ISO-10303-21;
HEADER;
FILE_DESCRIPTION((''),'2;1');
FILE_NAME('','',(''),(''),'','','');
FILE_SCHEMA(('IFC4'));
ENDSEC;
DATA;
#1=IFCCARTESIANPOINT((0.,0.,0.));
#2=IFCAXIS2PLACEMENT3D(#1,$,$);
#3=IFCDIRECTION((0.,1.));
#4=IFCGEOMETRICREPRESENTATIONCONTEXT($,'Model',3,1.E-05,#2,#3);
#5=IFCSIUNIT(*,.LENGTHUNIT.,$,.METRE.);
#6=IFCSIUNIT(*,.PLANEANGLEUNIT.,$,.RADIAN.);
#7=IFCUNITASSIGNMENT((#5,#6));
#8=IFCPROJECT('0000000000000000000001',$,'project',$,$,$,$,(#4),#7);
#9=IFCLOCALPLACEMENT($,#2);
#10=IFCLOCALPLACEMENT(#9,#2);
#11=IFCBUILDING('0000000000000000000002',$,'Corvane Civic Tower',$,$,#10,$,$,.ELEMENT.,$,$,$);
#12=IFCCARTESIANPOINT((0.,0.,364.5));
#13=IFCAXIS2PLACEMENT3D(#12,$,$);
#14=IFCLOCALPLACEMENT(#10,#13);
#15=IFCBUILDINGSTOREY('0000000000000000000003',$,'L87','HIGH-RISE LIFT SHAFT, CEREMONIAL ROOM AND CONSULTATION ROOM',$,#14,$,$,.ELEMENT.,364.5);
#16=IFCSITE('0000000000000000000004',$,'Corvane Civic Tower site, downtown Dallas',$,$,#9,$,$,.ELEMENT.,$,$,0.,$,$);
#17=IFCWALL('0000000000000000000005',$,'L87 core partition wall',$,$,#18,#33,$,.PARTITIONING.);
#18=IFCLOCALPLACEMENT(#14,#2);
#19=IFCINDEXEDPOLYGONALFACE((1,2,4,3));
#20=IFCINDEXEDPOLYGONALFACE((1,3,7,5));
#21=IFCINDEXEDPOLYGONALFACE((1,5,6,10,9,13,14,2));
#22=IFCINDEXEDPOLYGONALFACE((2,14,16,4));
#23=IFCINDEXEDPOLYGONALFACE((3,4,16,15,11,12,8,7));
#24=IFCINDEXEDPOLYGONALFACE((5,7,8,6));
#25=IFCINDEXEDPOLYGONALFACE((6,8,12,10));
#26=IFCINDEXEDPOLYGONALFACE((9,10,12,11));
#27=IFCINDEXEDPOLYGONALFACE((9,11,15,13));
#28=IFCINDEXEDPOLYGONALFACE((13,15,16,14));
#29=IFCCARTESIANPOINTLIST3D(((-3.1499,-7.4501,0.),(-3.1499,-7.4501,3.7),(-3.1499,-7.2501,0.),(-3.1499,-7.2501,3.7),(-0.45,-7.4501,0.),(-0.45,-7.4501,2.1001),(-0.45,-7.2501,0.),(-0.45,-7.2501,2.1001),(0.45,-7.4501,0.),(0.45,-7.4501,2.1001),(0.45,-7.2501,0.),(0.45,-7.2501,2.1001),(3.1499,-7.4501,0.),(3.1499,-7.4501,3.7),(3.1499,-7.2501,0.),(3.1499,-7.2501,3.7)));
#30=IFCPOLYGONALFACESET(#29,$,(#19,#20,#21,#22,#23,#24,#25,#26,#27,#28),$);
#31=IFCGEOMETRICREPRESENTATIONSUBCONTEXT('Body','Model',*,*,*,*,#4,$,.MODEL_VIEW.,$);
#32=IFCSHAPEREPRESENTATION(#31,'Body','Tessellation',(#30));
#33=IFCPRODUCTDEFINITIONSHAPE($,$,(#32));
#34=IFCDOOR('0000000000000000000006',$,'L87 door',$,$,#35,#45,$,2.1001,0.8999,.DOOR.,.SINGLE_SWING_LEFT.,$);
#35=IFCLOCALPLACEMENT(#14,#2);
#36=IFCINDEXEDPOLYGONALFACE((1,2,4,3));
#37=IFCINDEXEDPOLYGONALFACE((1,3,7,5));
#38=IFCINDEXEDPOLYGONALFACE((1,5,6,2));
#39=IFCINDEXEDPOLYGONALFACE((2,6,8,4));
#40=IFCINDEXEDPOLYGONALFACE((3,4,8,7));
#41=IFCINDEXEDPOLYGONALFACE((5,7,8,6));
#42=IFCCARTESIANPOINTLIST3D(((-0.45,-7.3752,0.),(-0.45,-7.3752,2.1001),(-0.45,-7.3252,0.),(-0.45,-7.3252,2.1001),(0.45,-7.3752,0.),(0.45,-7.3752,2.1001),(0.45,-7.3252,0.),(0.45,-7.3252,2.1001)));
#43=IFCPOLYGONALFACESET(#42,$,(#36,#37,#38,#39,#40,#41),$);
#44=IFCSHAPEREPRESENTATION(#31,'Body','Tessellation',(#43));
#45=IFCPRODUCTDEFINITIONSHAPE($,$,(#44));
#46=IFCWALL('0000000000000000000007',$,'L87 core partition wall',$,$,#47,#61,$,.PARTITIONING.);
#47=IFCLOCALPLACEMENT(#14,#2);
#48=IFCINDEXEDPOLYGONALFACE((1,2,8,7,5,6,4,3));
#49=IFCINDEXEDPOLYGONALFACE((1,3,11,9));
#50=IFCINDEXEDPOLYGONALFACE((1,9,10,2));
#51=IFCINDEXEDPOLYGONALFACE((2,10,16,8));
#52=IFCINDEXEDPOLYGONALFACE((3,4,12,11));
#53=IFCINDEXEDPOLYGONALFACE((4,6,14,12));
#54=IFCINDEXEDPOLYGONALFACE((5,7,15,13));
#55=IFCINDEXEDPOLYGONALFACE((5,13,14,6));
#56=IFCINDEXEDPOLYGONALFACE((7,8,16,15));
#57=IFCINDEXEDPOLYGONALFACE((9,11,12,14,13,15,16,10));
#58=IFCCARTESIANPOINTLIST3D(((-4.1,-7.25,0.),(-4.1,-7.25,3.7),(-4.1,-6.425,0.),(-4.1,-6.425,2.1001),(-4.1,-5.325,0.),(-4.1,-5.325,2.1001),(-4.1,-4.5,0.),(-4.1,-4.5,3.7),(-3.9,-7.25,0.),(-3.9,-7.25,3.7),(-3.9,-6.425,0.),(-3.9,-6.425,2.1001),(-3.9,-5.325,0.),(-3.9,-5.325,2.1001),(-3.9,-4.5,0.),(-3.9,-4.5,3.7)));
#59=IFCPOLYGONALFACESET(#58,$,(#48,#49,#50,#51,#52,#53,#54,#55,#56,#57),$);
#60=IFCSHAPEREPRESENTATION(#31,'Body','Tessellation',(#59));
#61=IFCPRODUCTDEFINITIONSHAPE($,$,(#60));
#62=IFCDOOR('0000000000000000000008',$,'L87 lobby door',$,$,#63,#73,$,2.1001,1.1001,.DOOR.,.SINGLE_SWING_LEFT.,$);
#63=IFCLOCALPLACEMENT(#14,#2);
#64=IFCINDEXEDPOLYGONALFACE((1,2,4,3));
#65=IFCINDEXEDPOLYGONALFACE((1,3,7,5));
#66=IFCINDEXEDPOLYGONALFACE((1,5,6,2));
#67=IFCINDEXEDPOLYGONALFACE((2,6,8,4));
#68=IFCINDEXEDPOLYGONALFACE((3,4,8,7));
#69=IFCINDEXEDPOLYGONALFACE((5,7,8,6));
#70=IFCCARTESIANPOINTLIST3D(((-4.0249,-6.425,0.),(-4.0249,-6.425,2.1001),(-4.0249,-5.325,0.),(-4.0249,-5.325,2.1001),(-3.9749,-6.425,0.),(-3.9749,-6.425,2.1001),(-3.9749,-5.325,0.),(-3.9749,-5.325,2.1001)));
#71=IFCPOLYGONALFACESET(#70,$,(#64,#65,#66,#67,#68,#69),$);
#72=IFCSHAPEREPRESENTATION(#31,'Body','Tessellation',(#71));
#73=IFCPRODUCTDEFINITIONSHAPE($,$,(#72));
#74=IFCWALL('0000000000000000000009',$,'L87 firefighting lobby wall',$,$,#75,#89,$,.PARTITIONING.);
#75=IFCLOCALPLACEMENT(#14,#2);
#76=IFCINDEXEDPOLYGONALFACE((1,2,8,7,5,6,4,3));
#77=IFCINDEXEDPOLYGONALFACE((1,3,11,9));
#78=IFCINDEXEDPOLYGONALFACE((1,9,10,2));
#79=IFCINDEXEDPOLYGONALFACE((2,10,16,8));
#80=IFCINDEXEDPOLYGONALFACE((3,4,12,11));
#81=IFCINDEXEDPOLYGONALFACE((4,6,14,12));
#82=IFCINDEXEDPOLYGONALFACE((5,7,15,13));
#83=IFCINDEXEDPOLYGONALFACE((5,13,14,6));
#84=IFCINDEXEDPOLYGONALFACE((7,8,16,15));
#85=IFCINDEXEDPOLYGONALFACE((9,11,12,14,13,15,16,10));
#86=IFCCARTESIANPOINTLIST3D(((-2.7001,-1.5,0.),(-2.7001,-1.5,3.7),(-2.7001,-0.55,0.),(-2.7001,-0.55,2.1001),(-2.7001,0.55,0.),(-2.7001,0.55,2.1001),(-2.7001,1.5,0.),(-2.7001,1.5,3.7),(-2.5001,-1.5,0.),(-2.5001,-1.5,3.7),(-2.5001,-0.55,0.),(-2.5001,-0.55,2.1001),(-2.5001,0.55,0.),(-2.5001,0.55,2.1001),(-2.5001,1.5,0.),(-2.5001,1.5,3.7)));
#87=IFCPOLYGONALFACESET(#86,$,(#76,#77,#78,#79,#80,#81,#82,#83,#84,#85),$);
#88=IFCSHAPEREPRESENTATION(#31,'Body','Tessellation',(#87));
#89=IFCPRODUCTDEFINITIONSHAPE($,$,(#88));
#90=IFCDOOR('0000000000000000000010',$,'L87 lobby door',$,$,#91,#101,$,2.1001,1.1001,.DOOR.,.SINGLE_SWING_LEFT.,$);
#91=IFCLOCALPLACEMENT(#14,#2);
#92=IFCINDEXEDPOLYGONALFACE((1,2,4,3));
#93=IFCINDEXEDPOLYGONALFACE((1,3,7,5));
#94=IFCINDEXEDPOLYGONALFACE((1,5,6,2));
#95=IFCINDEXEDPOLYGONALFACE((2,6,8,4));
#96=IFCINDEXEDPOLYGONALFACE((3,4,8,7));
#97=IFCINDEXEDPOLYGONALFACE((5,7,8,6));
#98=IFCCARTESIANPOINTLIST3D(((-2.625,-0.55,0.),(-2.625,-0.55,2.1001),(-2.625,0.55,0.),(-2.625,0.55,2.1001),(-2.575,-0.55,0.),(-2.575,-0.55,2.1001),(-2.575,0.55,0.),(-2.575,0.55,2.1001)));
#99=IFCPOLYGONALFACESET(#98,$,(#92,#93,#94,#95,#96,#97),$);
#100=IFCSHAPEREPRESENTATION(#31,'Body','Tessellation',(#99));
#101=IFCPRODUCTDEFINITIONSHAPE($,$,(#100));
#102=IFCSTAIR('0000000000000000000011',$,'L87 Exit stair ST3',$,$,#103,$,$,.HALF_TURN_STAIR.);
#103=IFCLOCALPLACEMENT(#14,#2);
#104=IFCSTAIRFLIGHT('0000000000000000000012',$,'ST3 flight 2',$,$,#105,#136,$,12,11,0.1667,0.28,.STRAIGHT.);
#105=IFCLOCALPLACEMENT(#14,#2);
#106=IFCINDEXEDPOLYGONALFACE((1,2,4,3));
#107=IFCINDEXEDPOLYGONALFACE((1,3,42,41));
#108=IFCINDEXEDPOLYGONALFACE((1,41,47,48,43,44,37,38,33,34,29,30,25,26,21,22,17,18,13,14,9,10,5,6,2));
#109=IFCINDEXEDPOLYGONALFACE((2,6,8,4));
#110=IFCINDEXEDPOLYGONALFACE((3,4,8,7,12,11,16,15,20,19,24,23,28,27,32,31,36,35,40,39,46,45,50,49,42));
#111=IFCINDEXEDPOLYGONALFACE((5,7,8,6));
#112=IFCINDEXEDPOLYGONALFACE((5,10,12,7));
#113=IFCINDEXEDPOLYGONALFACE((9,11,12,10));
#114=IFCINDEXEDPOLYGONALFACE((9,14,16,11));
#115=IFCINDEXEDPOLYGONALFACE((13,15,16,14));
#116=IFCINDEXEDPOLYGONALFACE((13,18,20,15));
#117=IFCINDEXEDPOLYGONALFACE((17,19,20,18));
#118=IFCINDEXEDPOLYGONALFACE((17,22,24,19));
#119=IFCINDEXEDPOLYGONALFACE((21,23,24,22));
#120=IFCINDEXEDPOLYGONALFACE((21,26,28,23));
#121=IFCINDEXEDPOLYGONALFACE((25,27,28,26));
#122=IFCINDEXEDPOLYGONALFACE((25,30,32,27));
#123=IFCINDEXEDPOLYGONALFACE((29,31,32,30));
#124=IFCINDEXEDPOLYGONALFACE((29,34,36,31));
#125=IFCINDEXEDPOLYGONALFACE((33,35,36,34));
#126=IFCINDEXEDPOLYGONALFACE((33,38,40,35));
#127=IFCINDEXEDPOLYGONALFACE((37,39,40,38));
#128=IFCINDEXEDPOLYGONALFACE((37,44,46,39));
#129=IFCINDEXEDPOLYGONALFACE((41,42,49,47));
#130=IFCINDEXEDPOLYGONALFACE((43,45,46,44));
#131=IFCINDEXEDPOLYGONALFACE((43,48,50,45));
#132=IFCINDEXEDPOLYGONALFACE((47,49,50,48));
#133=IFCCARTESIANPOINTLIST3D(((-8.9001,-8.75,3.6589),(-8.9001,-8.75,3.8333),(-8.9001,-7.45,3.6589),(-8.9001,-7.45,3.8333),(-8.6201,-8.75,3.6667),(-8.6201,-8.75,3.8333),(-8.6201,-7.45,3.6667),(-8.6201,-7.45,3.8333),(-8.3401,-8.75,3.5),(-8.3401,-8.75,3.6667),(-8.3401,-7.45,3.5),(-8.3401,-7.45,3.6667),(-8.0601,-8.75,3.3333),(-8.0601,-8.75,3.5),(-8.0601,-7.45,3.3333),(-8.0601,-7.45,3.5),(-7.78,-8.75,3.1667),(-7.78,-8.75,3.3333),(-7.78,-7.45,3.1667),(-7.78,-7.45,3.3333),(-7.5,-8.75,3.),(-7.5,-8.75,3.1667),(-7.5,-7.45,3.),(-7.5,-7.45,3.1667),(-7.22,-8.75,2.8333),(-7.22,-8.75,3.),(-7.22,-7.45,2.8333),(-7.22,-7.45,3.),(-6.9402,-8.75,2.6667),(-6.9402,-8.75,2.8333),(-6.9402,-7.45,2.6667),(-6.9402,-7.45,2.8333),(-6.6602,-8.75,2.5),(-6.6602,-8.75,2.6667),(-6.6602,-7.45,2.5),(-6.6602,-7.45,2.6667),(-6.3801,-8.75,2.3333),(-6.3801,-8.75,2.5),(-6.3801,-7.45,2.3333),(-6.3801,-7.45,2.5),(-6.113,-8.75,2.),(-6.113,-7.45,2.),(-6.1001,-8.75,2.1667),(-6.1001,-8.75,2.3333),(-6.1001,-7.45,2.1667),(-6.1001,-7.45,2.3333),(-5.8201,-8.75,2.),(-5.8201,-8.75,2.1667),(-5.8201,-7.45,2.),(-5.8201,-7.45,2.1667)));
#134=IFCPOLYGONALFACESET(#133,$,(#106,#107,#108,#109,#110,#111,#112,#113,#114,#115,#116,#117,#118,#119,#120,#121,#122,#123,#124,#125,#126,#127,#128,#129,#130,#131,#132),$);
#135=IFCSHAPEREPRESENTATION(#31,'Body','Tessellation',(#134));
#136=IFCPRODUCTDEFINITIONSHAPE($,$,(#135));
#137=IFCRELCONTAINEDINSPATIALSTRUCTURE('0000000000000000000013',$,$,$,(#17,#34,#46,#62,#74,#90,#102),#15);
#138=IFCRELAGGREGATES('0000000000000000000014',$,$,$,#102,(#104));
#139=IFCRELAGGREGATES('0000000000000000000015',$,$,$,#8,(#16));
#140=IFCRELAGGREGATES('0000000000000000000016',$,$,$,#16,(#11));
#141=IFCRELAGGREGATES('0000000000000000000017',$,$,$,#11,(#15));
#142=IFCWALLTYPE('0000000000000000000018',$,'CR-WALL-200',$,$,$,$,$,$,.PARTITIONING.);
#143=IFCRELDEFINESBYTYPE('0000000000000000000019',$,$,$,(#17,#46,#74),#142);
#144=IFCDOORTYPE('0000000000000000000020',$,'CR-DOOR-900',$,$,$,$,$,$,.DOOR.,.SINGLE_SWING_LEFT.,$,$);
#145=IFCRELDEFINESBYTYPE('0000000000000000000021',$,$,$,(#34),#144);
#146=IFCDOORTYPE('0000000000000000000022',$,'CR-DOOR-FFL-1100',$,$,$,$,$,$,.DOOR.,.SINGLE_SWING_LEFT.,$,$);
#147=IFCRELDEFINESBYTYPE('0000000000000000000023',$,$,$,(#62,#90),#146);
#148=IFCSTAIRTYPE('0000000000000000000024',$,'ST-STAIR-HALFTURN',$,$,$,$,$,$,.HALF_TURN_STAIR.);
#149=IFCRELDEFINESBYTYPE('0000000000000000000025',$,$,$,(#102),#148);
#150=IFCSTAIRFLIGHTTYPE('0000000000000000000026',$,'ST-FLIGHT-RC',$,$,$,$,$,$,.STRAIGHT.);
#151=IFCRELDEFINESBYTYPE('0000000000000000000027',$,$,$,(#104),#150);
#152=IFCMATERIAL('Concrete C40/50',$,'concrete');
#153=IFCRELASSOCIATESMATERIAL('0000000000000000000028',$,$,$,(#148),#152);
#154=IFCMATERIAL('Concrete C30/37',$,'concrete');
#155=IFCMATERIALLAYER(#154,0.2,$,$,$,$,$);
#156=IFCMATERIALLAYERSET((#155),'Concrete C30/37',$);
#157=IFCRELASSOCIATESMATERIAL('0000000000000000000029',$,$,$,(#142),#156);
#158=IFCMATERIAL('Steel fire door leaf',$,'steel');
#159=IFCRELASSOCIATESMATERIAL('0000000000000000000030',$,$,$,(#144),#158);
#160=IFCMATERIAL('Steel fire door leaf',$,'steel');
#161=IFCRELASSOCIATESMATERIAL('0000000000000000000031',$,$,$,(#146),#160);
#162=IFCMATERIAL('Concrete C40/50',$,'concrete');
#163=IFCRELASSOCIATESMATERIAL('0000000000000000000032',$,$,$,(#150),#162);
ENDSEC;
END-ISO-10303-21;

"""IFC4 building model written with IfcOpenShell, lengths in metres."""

from ifc_helpers import new_model, si_unit, direction, frame, frame_2d, origin, place, context, subcontext, project, spatial, polyline, rectangle, outline, extrude, material, layer, layer_set, type_object, element, fill, aggregate, save


model = new_model("IFC4")

# Units and contexts
model_context = context("Model", 3, precision=1e-05, world=origin(), true_north=direction((0.0, 1.0)))
body_context = subcontext(model_context, "Body", "Model", "MODEL_VIEW")
ifc_project = project(units=[si_unit("LENGTHUNIT", "METRE"), si_unit("PLANEANGLEUNIT", "RADIAN")], contexts=[model_context])

# Site, building, storey
site_placement = place(None, origin())
site = spatial("IfcSite", under=ifc_project, at=site_placement, Name="Corvane Civic Tower site, downtown Dallas", CompositionType="ELEMENT", RefElevation=0.0)
building_placement = place(site_placement, origin())
building = spatial("IfcBuilding", under=site, at=building_placement, Name="Corvane Civic Tower", CompositionType="ELEMENT")
storey_placement = place(building_placement, frame((0.0, 0.0, 364.5)))
storey = spatial("IfcBuildingStorey", under=building, at=storey_placement, Name="L87", Description="HIGH-RISE LIFT SHAFT, CEREMONIAL ROOM AND CONSULTATION ROOM", CompositionType="ELEMENT", Elevation=364.5)

# Shared definitions
ifc_material_1 = material(Name="Concrete C40/50", Category="concrete")
stair_type = type_object("IfcStairType", Name="ST-STAIR-HALFTURN", PredefinedType="HALF_TURN_STAIR", material=ifc_material_1)

# Walls, openings, doors
ifc_material_2 = material(Name="Concrete C30/37", Category="concrete")
ifc_layer_1 = layer(ifc_material_2, 0.2)
ifc_layer_set_1 = layer_set([ifc_layer_1], Name="Concrete C30/37")
wall_type = type_object("IfcWallType", Name="CR-WALL-200", PredefinedType="PARTITIONING", material=ifc_layer_set_1)
wall_1_placement = place(storey_placement, frame((-3.1499, -7.3501, 0.0), z_axis=(0.0, 0.0, 1.0), x_axis=(1.0, 0.0, 0.0)))
wall_1 = element("IfcWall", 1, at=wall_1_placement, inside=storey, type_object=wall_type, Name="L87 core partition wall", PredefinedType="PARTITIONING", context=body_context, shape_type="SweptSolid", body=[
    extrude(rectangle(XDim=6.2998, YDim=0.2, at=frame_2d((3.1499, 0.0))), origin(), (0.0, 0.0, 1.0), 3.7),
])
opening_1_placement = place(wall_1_placement, frame((2.7, 0.0, 0.0)))
opening_1 = element("IfcOpeningElement", 2, at=opening_1_placement, cuts=wall_1, PredefinedType="OPENING", context=body_context, shape_type="SweptSolid", body=[
    extrude(rectangle(XDim=0.8999, YDim=2.1001, at=frame_2d((0.45, 1.05))), frame((0.0, 0.1099, 0.0), z_axis=(0.0, -1.0, 0.0), x_axis=(1.0, 0.0, 0.0)), (0.0, 0.0, 1.0), 0.22),
])
ifc_material_3 = material(Name="Steel fire door leaf", Category="steel")
door_type_1 = type_object("IfcDoorType", Name="CR-DOOR-900", OperationType="SINGLE_SWING_LEFT", PredefinedType="DOOR", material=ifc_material_3)
door_1_placement = place(opening_1_placement, origin())
door_1 = element("IfcDoor", 3, at=door_1_placement, inside=storey, type_object=door_type_1, Name="L87 door", OperationType="SINGLE_SWING_LEFT", OverallHeight=2.1001, OverallWidth=0.8999, PredefinedType="DOOR", context=body_context, shape_type="SweptSolid", body=[
    extrude(rectangle(XDim=0.8999, YDim=2.1001, at=frame_2d((0.45, 1.05))), frame((0.0, 0.0249, 0.0), z_axis=(0.0, -1.0, 0.0), x_axis=(1.0, 0.0, 0.0)), (0.0, 0.0, 1.0), 0.05),
])
fill(opening_1, door_1)
wall_2_placement = place(storey_placement, frame((-4.0, -7.25, 0.0), z_axis=(0.0, 0.0, 1.0), x_axis=(0.0, 1.0, 0.0)))
wall_2 = element("IfcWall", 4, at=wall_2_placement, inside=storey, type_object=wall_type, Name="L87 core partition wall", PredefinedType="PARTITIONING", context=body_context, shape_type="SweptSolid", body=[
    extrude(rectangle(XDim=2.75, YDim=0.2, at=frame_2d((1.375, 0.0))), origin(), (0.0, 0.0, 1.0), 3.7),
])
opening_2_placement = place(wall_2_placement, frame((0.825, 0.0, 0.0)))
opening_2 = element("IfcOpeningElement", 5, at=opening_2_placement, cuts=wall_2, PredefinedType="OPENING", context=body_context, shape_type="SweptSolid", body=[
    extrude(rectangle(XDim=1.1001, YDim=2.1001, at=frame_2d((0.55, 1.05))), frame((0.0, 0.1099, 0.0), z_axis=(0.0, -1.0, 0.0), x_axis=(1.0, 0.0, 0.0)), (0.0, 0.0, 1.0), 0.22),
])
ifc_material_4 = material(Name="Steel fire door leaf", Category="steel")
door_type_2 = type_object("IfcDoorType", Name="CR-DOOR-FFL-1100", OperationType="SINGLE_SWING_LEFT", PredefinedType="DOOR", material=ifc_material_4)
door_2_placement = place(opening_2_placement, origin())
door_2 = element("IfcDoor", 6, at=door_2_placement, inside=storey, type_object=door_type_2, Name="L87 lobby door", OperationType="SINGLE_SWING_LEFT", OverallHeight=2.1001, OverallWidth=1.1001, PredefinedType="DOOR", context=body_context, shape_type="SweptSolid", body=[
    extrude(rectangle(XDim=1.1001, YDim=2.1001, at=frame_2d((0.55, 1.05))), frame((0.0, 0.0249, 0.0), z_axis=(0.0, -1.0, 0.0), x_axis=(1.0, 0.0, 0.0)), (0.0, 0.0, 1.0), 0.05),
])
fill(opening_2, door_2)
wall_3_placement = place(storey_placement, frame((-2.6001, -1.5, 0.0), z_axis=(0.0, 0.0, 1.0), x_axis=(0.0, 1.0, 0.0)))
wall_3 = element("IfcWall", 7, at=wall_3_placement, inside=storey, type_object=wall_type, Name="L87 firefighting lobby wall", PredefinedType="PARTITIONING", context=body_context, shape_type="SweptSolid", body=[
    extrude(rectangle(XDim=3.0, YDim=0.2, at=frame_2d((1.5, 0.0))), origin(), (0.0, 0.0, 1.0), 3.7),
])
opening_3_placement = place(wall_3_placement, frame((0.95, 0.0, 0.0)))
opening_3 = element("IfcOpeningElement", 8, at=opening_3_placement, cuts=wall_3, PredefinedType="OPENING", context=body_context, shape_type="SweptSolid", body=[
    extrude(rectangle(XDim=1.1001, YDim=2.1001, at=frame_2d((0.55, 1.05))), frame((0.0, 0.1099, 0.0), z_axis=(0.0, -1.0, 0.0), x_axis=(1.0, 0.0, 0.0)), (0.0, 0.0, 1.0), 0.22),
])
door_3_placement = place(opening_3_placement, origin())
door_3 = element("IfcDoor", 9, at=door_3_placement, inside=storey, type_object=door_type_2, Name="L87 lobby door", OperationType="SINGLE_SWING_LEFT", OverallHeight=2.1001, OverallWidth=1.1001, PredefinedType="DOOR", context=body_context, shape_type="SweptSolid", body=[
    extrude(rectangle(XDim=1.1001, YDim=2.1001, at=frame_2d((0.55, 1.05))), frame((0.0, 0.0249, 0.0), z_axis=(0.0, -1.0, 0.0), x_axis=(1.0, 0.0, 0.0)), (0.0, 0.0, 1.0), 0.05),
])
fill(opening_3, door_3)

# Stair, stair flight
stair_1_placement = place(storey_placement, origin())
stair_1 = element("IfcStair", 10, at=stair_1_placement, inside=storey, type_object=stair_type, Name="L87 Exit stair ST3", PredefinedType="HALF_TURN_STAIR")
ifc_material_5 = material(Name="Concrete C40/50", Category="concrete")
stair_flight_type = type_object("IfcStairFlightType", Name="ST-FLIGHT-RC", PredefinedType="STRAIGHT", material=ifc_material_5)
stair_flight_placement = place(storey_placement, frame((-5.8201, -8.1001, 2.0), z_axis=(0.0, 0.0, 1.0), x_axis=(-1.0, 0.0, 0.0)))
stair_flight = element("IfcStairFlight", 11, at=stair_flight_placement, type_object=stair_flight_type, Name="ST3 flight 2", NumberOfRisers=12, NumberOfTreads=11, PredefinedType="STRAIGHT", RiserHeight=0.1667, TreadLength=0.28, context=body_context, shape_type="SweptSolid", body=[
    extrude(outline(polyline([(0.0, 0.0), (0.0, 0.1667), (0.28, 0.1667), (0.28, 0.3333), (0.5601, 0.3333), (0.5601, 0.5), (0.8401, 0.5), (0.8401, 0.6667), (1.1201, 0.6667), (1.1201, 0.8333), (1.3999, 0.8333), (1.3999, 1.0), (1.6799, 1.0), (1.6799, 1.1667), (1.96, 1.1667), (1.96, 1.3333), (2.24, 1.3333), (2.24, 1.5), (2.52, 1.5), (2.52, 1.6667), (2.8, 1.6667), (2.8, 1.8333), (3.0801, 1.8333), (3.0801, 2.0), (3.0801, 1.6589), (0.293, 0.0), (0.0, 0.0)])), frame((0.0, 0.6499, 0.0), z_axis=(0.0, -1.0, 0.0), x_axis=(1.0, 0.0, 0.0)), (0.0, 0.0, 1.0), 1.3),
])
aggregate(stair_1, [stair_flight])

save(model, "model.ifc")
